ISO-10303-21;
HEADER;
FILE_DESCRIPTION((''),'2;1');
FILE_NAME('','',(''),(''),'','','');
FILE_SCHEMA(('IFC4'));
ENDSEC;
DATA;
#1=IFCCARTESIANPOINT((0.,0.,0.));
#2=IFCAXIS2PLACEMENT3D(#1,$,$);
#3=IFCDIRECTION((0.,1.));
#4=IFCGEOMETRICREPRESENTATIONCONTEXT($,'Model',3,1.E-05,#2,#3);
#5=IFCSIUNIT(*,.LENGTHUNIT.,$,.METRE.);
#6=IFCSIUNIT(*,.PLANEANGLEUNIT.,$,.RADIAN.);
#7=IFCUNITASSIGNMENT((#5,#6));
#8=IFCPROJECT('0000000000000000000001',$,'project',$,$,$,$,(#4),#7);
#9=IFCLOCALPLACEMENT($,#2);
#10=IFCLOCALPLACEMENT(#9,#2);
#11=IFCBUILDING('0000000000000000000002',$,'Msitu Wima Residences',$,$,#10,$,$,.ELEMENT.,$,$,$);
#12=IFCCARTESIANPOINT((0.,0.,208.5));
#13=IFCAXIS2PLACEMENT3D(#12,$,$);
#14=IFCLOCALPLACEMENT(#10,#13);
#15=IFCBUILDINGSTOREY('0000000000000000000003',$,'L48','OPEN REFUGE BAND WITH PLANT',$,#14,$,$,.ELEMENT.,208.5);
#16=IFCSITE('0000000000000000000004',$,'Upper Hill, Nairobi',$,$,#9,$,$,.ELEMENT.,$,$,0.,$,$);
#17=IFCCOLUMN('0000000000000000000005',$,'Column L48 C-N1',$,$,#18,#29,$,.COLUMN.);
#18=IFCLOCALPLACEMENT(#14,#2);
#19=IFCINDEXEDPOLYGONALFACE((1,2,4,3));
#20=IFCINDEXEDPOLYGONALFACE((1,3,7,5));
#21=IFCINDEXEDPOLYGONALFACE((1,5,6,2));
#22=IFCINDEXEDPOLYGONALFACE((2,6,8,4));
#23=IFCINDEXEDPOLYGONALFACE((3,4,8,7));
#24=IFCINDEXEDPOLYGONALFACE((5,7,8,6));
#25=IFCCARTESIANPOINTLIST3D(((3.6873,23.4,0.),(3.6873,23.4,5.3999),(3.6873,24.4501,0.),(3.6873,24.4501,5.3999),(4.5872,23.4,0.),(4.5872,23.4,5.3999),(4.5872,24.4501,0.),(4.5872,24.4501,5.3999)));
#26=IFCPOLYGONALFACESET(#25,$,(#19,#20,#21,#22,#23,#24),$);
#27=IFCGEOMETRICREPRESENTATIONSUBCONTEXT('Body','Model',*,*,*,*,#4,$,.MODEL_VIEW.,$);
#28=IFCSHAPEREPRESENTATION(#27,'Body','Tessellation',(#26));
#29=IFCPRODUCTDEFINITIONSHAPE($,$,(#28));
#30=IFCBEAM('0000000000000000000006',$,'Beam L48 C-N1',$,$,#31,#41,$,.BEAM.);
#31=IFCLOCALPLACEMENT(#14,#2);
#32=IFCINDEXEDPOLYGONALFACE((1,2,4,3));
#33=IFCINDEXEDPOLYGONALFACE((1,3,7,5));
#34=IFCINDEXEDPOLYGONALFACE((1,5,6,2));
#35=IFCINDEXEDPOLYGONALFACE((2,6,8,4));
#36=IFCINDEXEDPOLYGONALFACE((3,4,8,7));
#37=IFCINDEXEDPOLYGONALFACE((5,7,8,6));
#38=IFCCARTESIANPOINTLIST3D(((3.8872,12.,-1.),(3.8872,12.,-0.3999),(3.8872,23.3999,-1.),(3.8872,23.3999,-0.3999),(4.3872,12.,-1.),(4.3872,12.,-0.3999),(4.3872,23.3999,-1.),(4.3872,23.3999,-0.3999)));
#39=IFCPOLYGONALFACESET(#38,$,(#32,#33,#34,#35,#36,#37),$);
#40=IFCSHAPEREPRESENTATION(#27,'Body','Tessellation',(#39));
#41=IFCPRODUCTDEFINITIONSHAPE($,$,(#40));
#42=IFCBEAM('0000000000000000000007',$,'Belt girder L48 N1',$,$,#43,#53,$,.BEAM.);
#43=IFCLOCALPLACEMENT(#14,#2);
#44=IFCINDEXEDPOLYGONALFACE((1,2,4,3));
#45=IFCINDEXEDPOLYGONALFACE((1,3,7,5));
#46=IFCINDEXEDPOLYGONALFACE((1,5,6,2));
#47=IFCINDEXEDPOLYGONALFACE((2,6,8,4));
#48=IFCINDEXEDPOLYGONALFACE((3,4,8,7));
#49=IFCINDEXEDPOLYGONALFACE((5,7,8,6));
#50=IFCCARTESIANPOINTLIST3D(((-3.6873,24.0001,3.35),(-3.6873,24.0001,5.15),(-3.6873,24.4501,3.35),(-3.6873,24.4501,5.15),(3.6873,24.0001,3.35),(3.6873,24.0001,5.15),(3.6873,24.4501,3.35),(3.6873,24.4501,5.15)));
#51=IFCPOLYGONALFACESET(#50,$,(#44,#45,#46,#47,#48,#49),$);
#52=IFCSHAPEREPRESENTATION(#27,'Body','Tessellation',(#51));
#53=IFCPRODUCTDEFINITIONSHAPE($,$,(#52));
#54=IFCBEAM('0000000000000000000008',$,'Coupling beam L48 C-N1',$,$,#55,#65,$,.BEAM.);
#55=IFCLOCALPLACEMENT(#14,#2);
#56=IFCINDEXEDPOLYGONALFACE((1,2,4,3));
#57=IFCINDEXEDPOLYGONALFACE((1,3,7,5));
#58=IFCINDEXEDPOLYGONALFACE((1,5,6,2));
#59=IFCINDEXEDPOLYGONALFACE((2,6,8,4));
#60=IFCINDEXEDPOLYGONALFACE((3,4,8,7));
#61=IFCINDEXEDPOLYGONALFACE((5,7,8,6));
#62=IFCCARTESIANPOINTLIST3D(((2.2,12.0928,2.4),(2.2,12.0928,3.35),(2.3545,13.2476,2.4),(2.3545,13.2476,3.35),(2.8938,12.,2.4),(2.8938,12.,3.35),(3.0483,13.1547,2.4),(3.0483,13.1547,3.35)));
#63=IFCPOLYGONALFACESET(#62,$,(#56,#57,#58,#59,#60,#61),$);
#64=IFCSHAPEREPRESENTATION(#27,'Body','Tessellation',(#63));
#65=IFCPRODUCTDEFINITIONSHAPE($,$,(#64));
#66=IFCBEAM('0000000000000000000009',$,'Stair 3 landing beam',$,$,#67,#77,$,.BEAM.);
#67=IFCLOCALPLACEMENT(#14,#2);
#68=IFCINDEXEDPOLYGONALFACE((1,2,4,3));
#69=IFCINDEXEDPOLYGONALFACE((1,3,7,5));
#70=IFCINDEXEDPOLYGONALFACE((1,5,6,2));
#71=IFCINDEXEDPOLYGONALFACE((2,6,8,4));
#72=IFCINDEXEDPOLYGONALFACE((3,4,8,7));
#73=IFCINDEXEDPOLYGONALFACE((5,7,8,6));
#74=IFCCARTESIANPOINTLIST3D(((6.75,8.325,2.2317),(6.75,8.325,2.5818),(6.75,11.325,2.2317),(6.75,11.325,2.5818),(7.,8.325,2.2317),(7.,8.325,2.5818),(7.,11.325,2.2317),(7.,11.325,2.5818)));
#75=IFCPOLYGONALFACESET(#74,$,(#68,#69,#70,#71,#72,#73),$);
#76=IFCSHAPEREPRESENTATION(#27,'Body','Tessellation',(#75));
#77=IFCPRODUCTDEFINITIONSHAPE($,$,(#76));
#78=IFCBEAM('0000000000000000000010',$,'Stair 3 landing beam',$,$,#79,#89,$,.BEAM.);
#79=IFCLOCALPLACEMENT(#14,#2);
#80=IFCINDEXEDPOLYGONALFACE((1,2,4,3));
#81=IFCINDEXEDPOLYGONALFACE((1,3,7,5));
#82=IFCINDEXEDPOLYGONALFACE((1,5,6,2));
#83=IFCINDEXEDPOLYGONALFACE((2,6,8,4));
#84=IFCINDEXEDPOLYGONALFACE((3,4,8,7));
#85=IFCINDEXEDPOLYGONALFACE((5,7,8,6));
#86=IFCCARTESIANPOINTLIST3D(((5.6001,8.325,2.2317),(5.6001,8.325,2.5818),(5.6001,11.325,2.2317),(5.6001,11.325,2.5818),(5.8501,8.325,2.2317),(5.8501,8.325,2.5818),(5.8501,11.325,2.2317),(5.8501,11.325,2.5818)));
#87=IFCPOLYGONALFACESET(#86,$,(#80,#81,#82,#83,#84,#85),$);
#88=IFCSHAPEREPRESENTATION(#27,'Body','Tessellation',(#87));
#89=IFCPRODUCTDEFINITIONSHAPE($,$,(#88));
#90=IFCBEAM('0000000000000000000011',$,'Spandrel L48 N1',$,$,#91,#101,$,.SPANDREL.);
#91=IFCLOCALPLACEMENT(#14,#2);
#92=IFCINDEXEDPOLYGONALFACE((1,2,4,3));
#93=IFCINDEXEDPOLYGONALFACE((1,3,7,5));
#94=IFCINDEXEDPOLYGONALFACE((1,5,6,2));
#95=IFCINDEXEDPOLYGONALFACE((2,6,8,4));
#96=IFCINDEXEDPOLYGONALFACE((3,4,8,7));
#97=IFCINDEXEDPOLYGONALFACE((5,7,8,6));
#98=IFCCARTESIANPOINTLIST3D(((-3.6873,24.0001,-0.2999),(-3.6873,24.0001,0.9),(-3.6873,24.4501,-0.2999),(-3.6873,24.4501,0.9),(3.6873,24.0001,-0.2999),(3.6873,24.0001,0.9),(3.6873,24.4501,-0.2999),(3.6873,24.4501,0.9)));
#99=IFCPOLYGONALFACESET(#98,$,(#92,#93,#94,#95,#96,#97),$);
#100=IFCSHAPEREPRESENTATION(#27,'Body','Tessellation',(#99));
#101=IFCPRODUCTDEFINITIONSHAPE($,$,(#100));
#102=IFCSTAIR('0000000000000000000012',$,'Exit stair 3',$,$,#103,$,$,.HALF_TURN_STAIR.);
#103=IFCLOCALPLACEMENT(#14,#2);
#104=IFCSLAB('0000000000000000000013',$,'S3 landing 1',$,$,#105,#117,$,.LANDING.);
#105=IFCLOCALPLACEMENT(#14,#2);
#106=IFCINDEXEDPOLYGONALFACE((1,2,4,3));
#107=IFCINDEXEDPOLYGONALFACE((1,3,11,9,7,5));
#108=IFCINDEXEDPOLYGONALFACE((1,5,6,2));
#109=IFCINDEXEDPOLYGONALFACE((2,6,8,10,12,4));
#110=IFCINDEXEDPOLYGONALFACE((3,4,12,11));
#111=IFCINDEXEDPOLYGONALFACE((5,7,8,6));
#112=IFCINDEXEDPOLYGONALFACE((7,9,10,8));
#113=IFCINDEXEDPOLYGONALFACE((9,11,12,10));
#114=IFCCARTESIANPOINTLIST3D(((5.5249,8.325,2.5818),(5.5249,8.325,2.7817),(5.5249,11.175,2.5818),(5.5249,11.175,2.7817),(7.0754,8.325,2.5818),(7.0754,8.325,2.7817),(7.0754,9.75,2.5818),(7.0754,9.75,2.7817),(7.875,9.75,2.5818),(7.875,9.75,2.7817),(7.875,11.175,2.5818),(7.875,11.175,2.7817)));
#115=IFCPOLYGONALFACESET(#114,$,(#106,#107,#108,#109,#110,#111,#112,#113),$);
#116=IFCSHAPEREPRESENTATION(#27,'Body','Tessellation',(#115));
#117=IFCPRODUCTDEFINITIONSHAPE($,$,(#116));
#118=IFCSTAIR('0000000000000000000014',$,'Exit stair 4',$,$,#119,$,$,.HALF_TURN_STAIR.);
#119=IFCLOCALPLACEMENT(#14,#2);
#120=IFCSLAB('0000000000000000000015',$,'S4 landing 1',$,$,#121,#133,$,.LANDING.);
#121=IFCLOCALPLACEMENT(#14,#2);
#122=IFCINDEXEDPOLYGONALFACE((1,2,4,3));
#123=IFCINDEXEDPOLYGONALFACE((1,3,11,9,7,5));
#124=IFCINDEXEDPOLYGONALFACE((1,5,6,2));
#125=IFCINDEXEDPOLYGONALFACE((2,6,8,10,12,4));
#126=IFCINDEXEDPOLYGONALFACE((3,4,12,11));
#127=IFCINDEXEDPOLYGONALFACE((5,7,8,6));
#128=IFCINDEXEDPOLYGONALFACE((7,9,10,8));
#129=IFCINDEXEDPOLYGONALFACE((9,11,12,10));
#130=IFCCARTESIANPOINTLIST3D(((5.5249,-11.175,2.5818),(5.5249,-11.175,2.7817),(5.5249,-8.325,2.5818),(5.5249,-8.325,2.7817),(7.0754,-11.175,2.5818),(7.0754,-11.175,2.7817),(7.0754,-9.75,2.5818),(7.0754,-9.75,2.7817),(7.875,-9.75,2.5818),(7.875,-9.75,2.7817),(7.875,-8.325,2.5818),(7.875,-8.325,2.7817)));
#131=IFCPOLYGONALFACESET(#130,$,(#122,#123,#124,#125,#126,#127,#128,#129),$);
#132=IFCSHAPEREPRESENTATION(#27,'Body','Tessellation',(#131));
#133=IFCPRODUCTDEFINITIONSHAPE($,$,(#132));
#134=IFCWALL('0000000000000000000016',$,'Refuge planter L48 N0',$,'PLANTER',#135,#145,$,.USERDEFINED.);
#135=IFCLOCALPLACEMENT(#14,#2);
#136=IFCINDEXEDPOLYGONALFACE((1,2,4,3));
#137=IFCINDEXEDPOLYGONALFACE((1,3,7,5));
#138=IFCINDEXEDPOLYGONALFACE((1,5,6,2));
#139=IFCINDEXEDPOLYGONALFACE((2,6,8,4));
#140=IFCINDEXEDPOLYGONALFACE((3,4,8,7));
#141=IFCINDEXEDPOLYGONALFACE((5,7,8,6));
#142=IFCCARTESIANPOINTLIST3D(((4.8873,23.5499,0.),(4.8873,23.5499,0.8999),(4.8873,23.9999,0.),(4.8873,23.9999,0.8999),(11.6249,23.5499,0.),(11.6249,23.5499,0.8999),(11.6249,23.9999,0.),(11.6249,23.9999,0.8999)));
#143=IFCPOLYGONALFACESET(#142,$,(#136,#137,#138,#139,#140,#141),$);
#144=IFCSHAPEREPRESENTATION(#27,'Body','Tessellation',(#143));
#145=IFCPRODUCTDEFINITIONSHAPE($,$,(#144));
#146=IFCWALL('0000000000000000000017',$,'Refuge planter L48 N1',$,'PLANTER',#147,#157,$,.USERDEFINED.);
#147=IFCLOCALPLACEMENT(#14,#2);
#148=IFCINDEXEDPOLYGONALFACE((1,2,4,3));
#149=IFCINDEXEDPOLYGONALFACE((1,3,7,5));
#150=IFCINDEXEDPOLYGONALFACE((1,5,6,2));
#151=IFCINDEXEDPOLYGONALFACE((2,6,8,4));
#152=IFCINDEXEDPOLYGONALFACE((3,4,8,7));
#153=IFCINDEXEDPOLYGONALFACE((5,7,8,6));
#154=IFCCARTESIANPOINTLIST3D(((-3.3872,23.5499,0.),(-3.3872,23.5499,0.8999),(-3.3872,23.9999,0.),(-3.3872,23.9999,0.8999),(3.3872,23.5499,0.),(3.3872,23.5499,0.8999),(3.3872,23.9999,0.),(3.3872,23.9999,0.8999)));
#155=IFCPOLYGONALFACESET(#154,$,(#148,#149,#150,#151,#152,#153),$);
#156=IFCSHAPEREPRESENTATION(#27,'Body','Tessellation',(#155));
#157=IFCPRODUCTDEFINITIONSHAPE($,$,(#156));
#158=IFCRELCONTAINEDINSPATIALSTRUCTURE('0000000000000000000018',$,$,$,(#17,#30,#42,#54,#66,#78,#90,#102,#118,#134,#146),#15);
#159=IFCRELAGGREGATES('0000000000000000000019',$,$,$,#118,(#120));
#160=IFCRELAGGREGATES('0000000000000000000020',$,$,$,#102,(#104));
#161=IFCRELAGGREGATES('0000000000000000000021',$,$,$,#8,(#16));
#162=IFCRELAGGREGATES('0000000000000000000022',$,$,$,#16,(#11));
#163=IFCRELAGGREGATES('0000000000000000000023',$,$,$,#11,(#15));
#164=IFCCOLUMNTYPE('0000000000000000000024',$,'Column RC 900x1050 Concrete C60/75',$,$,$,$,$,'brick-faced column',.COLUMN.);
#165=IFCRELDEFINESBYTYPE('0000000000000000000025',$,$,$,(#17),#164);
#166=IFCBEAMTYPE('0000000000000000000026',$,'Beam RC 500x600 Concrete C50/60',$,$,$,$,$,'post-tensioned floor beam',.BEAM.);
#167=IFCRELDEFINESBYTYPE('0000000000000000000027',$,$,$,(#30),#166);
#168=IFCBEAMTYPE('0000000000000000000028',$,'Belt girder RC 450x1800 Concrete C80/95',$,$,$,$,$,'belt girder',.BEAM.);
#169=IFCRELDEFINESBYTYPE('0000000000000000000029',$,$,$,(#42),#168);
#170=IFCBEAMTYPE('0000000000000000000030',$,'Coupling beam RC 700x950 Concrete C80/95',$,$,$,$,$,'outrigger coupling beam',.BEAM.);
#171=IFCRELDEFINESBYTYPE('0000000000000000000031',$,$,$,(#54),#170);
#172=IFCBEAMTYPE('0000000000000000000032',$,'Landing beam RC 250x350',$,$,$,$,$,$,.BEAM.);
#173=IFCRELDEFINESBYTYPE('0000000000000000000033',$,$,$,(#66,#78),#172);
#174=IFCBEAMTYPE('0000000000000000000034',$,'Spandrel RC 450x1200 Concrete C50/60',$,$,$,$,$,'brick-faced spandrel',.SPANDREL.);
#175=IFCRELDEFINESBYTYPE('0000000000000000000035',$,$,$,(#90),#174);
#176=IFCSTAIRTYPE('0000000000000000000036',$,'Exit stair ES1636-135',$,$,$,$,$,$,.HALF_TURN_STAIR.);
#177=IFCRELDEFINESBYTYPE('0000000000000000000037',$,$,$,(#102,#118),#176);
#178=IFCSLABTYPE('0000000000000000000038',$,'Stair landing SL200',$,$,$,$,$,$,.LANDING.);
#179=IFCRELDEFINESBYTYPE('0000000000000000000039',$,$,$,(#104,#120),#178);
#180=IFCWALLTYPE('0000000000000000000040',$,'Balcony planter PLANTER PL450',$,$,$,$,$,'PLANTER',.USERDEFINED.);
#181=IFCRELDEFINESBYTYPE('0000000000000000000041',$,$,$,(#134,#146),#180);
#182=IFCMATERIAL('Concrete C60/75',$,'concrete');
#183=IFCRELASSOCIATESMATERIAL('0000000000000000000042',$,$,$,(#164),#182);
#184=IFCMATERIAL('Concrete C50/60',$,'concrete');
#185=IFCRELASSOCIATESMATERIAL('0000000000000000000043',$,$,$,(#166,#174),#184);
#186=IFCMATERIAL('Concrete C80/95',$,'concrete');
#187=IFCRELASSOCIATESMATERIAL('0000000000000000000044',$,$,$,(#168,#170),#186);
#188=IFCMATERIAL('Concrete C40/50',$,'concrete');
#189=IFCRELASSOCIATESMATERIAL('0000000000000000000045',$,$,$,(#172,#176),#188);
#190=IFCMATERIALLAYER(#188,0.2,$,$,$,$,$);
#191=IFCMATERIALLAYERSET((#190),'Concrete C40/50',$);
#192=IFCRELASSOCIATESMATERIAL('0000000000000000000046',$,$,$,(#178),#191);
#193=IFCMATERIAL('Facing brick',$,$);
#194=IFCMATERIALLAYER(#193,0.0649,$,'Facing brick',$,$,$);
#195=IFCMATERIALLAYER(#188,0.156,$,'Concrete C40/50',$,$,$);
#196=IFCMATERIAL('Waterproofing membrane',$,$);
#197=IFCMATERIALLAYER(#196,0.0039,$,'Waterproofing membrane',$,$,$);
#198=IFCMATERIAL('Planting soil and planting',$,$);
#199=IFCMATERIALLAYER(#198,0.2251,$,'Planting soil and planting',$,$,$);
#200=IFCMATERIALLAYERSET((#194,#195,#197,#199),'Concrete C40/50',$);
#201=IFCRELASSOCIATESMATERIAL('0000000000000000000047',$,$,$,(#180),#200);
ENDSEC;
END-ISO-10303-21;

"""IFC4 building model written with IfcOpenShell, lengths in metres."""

from ifc_helpers import new_model, si_unit, direction, frame, frame_2d, origin, origin_2d, place, context, subcontext, project, spatial, polyline, rectangle, outline, extrude, material, layer, layer_set, material_profile, profile_set, type_object, element, aggregate, save


model = new_model("IFC4")

# Units and contexts
model_context = context("Model", 3, precision=1e-05, world=origin(), true_north=direction((0.0, 1.0)))
body_context = subcontext(model_context, "Body", "Model", "MODEL_VIEW")
ifc_project = project(units=[si_unit("LENGTHUNIT", "METRE"), si_unit("PLANEANGLEUNIT", "RADIAN")], contexts=[model_context])

# Site, building, storey
site_placement = place(None, origin())
site = spatial("IfcSite", under=ifc_project, at=site_placement, Name="Upper Hill, Nairobi", CompositionType="ELEMENT", RefElevation=0.0)
building_placement = place(site_placement, origin())
building = spatial("IfcBuilding", under=site, at=building_placement, Name="Msitu Wima Residences", CompositionType="ELEMENT")
storey_placement = place(building_placement, frame((0.0, 0.0, 208.5)))
storey = spatial("IfcBuildingStorey", under=building, at=storey_placement, Name="L48", Description="OPEN REFUGE BAND WITH PLANT", CompositionType="ELEMENT", Elevation=208.5)

# Column
ifc_material_1 = material(Name="Concrete C60/75", Category="concrete")
ifc_material_profile_1 = material_profile(ifc_material_1, rectangle(XDim=0.8999, YDim=1.05, at=origin_2d()), Name="RC 900x1050")
ifc_profile_set_1 = profile_set([ifc_material_profile_1], Name="Concrete C60/75")
column_type = type_object("IfcColumnType", Name="Column RC 900x1050 Concrete C60/75", ElementType="brick-faced column", PredefinedType="COLUMN", material=ifc_profile_set_1)
column_placement = place(storey_placement, frame((4.1372, 23.925, 0.0), z_axis=(0.0, 0.0, 1.0), x_axis=(-1.0, 0.0, 0.0)))
element("IfcColumn", 1, at=column_placement, inside=storey, type_object=column_type, Name="Column L48 C-N1", PredefinedType="COLUMN", context=body_context, shape_type="SweptSolid", body=[
    extrude(rectangle(XDim=0.8999, YDim=1.05, at=origin_2d()), origin(), (0.0, 0.0, 1.0), 5.3999),
])

# Beams
ifc_material_2 = material(Name="Concrete C50/60", Category="concrete")
ifc_material_profile_2 = material_profile(ifc_material_2, rectangle(XDim=0.5, YDim=0.6001, at=origin_2d()), Name="RC 500x600")
ifc_profile_set_2 = profile_set([ifc_material_profile_2], Name="Concrete C50/60")
beam_type_1 = type_object("IfcBeamType", Name="Beam RC 500x600 Concrete C50/60", ElementType="post-tensioned floor beam", PredefinedType="BEAM", material=ifc_profile_set_2)
beam_1_placement = place(storey_placement, frame((4.1372, 23.3999, -0.7), z_axis=(0.0, -1.0, 0.0), x_axis=(1.0, 0.0, 0.0)))
element("IfcBeam", 2, at=beam_1_placement, inside=storey, type_object=beam_type_1, Name="Beam L48 C-N1", PredefinedType="BEAM", context=body_context, shape_type="SweptSolid", body=[
    extrude(rectangle(XDim=0.5, YDim=0.6001, at=origin_2d()), origin(), (0.0, 0.0, 1.0), 11.3999),
])
ifc_material_3 = material(Name="Concrete C80/95", Category="concrete")
ifc_material_profile_3 = material_profile(ifc_material_3, rectangle(XDim=0.45, YDim=1.8, at=origin_2d()), Name="RC 450x1800")
ifc_profile_set_3 = profile_set([ifc_material_profile_3], Name="Concrete C80/95")
beam_type_2 = type_object("IfcBeamType", Name="Belt girder RC 450x1800 Concrete C80/95", ElementType="belt girder", PredefinedType="BEAM", material=ifc_profile_set_3)
beam_2_placement = place(storey_placement, frame((3.6873, 24.2251, 4.25), z_axis=(-1.0, 0.0, 0.0), x_axis=(0.0, -1.0, 0.0)))
element("IfcBeam", 3, at=beam_2_placement, inside=storey, type_object=beam_type_2, Name="Belt girder L48 N1", PredefinedType="BEAM", context=body_context, shape_type="SweptSolid", body=[
    extrude(rectangle(XDim=0.45, YDim=1.8, at=origin_2d()), origin(), (0.0, 0.0, 1.0), 7.3745),
])
ifc_material_profile_4 = material_profile(ifc_material_3, rectangle(XDim=0.7, YDim=0.95, at=origin_2d()), Name="RC 700x950")
ifc_profile_set_4 = profile_set([ifc_material_profile_4], Name="Concrete C80/95")
beam_type_3 = type_object("IfcBeamType", Name="Coupling beam RC 700x950 Concrete C80/95", ElementType="outrigger coupling beam", PredefinedType="BEAM", material=ifc_profile_set_4)
beam_3_placement = place(storey_placement, frame((2.5469, 12.0464, 2.875), z_axis=(0.132644, 0.991164, 0.0), x_axis=(-0.991164, 0.132644, 0.0)))
element("IfcBeam", 4, at=beam_3_placement, inside=storey, type_object=beam_type_3, Name="Coupling beam L48 C-N1", PredefinedType="BEAM", context=body_context, shape_type="SweptSolid", body=[
    extrude(rectangle(XDim=0.7, YDim=0.95, at=origin_2d()), origin(), (0.0, 0.0, 1.0), 1.165),
])
ifc_material_4 = material(Name="Concrete C40/50", Category="concrete")
ifc_material_profile_5 = material_profile(ifc_material_4, rectangle(XDim=0.25, YDim=0.3501, at=origin_2d()), Name="RC 250x350")
ifc_profile_set_5 = profile_set([ifc_material_profile_5], Name="Concrete C40/50")
beam_type_4 = type_object("IfcBeamType", Name="Landing beam RC 250x350", PredefinedType="BEAM", material=ifc_profile_set_5)
for number, where, z_axis, x_axis, name in (
    (5, (6.875, 8.325, 2.4067), (0.0, 1.0, 0.0), (-1.0, 0.0, 0.0), "Stair 3 landing beam"),
    (6, (5.7251, 8.325, 2.4067), (0.0, 1.0, 0.0), (-1.0, 0.0, 0.0), "Stair 3 landing beam"),
):
    element("IfcBeam", number, at=place(storey_placement, frame(where, z_axis=z_axis, x_axis=x_axis)), inside=storey, type_object=beam_type_4, Name=name, PredefinedType="BEAM", context=body_context, shape_type="SweptSolid", body=[
        extrude(rectangle(XDim=0.25, YDim=0.3501, at=origin_2d()), origin(), (0.0, 0.0, 1.0), 3.0),
    ])
ifc_material_profile_6 = material_profile(ifc_material_2, rectangle(XDim=0.45, YDim=1.2, at=origin_2d()), Name="RC 450x1200")
ifc_profile_set_6 = profile_set([ifc_material_profile_6], Name="Concrete C50/60")
beam_type_5 = type_object("IfcBeamType", Name="Spandrel RC 450x1200 Concrete C50/60", ElementType="brick-faced spandrel", PredefinedType="SPANDREL", material=ifc_profile_set_6)
beam_4_placement = place(storey_placement, frame((3.6873, 24.2251, 0.3), z_axis=(-1.0, 0.0, 0.0), x_axis=(0.0, -1.0, 0.0)))
element("IfcBeam", 7, at=beam_4_placement, inside=storey, type_object=beam_type_5, Name="Spandrel L48 N1", PredefinedType="SPANDREL", context=body_context, shape_type="SweptSolid", body=[
    extrude(rectangle(XDim=0.45, YDim=1.2, at=origin_2d()), origin(), (0.0, 0.0, 1.0), 7.3745),
])

# Stairs, slabs
stair_type = type_object("IfcStairType", Name="Exit stair ES1636-135", PredefinedType="HALF_TURN_STAIR", material=ifc_material_4)
stair_1_placement = place(storey_placement, origin())
stair_1 = element("IfcStair", 8, at=stair_1_placement, inside=storey, type_object=stair_type, Name="Exit stair 3", PredefinedType="HALF_TURN_STAIR")
ifc_layer_1 = layer(ifc_material_4, 0.2)
ifc_layer_set_1 = layer_set([ifc_layer_1], Name="Concrete C40/50")
slab_type = type_object("IfcSlabType", Name="Stair landing SL200", PredefinedType="LANDING", material=ifc_layer_set_1)
slab_1_placement = place(storey_placement, frame((0.0, 0.0, 2.5818)))
slab_1 = element("IfcSlab", 9, at=slab_1_placement, type_object=slab_type, Name="S3 landing 1", PredefinedType="LANDING", context=body_context, shape_type="SweptSolid", body=[
    extrude(outline(polyline([(5.5249, 8.325), (7.0754, 8.325), (7.0754, 9.75), (7.875, 9.75), (7.875, 11.175), (5.5249, 11.175), (5.5249, 8.325)])), origin(), (0.0, 0.0, 1.0), 0.2),
])
stair_2_placement = place(storey_placement, origin())
stair_2 = element("IfcStair", 10, at=stair_2_placement, inside=storey, type_object=stair_type, Name="Exit stair 4", PredefinedType="HALF_TURN_STAIR")
slab_2_placement = place(storey_placement, frame((0.0, 0.0, 2.5818)))
slab_2 = element("IfcSlab", 11, at=slab_2_placement, type_object=slab_type, Name="S4 landing 1", PredefinedType="LANDING", context=body_context, shape_type="SweptSolid", body=[
    extrude(outline(polyline([(5.5249, -11.175), (7.0754, -11.175), (7.0754, -9.75), (7.875, -9.75), (7.875, -8.325), (5.5249, -8.325), (5.5249, -11.175)])), origin(), (0.0, 0.0, 1.0), 0.2),
])
aggregate(stair_2, [slab_2])

# Walls
ifc_material_5 = material(Name="Facing brick")
ifc_layer_2 = layer(ifc_material_5, 0.0649, Name="Facing brick")
ifc_layer_3 = layer(ifc_material_4, 0.156, Name="Concrete C40/50")
ifc_material_6 = material(Name="Waterproofing membrane")
ifc_layer_4 = layer(ifc_material_6, 0.0039, Name="Waterproofing membrane")
ifc_material_7 = material(Name="Planting soil and planting")
ifc_layer_5 = layer(ifc_material_7, 0.2251, Name="Planting soil and planting")
ifc_layer_set_2 = layer_set([ifc_layer_2, ifc_layer_3, ifc_layer_4, ifc_layer_5], Name="Concrete C40/50")
wall_type_1 = type_object("IfcWallType", Name="Balcony planter PLANTER PL450", ElementType="PLANTER", PredefinedType="USERDEFINED", material=ifc_layer_set_2)
wall_1_placement = place(storey_placement, frame((11.6248, 23.7749, 0.0), z_axis=(0.0, 0.0, 1.0), x_axis=(-1.0, 0.0, 0.0)))
element("IfcWall", 12, at=wall_1_placement, inside=storey, type_object=wall_type_1, Name="Refuge planter L48 N0", ObjectType="PLANTER", PredefinedType="USERDEFINED", context=body_context, shape_type="SweptSolid", body=[
    extrude(rectangle(XDim=6.7375, YDim=0.45, at=frame_2d((3.3687, 0.0))), origin(), (0.0, 0.0, 1.0), 0.8999),
])
wall_2_placement = place(storey_placement, frame((3.3872, 23.7749, 0.0), z_axis=(0.0, 0.0, 1.0), x_axis=(-1.0, 0.0, 0.0)))
element("IfcWall", 13, at=wall_2_placement, inside=storey, type_object=wall_type_1, Name="Refuge planter L48 N1", ObjectType="PLANTER", PredefinedType="USERDEFINED", context=body_context, shape_type="SweptSolid", body=[
    extrude(rectangle(XDim=6.7744, YDim=0.45, at=frame_2d((3.3872, 0.0))), origin(), (0.0, 0.0, 1.0), 0.8999),
])

aggregate(stair_1, [slab_1])

save(model, "model.ifc")
